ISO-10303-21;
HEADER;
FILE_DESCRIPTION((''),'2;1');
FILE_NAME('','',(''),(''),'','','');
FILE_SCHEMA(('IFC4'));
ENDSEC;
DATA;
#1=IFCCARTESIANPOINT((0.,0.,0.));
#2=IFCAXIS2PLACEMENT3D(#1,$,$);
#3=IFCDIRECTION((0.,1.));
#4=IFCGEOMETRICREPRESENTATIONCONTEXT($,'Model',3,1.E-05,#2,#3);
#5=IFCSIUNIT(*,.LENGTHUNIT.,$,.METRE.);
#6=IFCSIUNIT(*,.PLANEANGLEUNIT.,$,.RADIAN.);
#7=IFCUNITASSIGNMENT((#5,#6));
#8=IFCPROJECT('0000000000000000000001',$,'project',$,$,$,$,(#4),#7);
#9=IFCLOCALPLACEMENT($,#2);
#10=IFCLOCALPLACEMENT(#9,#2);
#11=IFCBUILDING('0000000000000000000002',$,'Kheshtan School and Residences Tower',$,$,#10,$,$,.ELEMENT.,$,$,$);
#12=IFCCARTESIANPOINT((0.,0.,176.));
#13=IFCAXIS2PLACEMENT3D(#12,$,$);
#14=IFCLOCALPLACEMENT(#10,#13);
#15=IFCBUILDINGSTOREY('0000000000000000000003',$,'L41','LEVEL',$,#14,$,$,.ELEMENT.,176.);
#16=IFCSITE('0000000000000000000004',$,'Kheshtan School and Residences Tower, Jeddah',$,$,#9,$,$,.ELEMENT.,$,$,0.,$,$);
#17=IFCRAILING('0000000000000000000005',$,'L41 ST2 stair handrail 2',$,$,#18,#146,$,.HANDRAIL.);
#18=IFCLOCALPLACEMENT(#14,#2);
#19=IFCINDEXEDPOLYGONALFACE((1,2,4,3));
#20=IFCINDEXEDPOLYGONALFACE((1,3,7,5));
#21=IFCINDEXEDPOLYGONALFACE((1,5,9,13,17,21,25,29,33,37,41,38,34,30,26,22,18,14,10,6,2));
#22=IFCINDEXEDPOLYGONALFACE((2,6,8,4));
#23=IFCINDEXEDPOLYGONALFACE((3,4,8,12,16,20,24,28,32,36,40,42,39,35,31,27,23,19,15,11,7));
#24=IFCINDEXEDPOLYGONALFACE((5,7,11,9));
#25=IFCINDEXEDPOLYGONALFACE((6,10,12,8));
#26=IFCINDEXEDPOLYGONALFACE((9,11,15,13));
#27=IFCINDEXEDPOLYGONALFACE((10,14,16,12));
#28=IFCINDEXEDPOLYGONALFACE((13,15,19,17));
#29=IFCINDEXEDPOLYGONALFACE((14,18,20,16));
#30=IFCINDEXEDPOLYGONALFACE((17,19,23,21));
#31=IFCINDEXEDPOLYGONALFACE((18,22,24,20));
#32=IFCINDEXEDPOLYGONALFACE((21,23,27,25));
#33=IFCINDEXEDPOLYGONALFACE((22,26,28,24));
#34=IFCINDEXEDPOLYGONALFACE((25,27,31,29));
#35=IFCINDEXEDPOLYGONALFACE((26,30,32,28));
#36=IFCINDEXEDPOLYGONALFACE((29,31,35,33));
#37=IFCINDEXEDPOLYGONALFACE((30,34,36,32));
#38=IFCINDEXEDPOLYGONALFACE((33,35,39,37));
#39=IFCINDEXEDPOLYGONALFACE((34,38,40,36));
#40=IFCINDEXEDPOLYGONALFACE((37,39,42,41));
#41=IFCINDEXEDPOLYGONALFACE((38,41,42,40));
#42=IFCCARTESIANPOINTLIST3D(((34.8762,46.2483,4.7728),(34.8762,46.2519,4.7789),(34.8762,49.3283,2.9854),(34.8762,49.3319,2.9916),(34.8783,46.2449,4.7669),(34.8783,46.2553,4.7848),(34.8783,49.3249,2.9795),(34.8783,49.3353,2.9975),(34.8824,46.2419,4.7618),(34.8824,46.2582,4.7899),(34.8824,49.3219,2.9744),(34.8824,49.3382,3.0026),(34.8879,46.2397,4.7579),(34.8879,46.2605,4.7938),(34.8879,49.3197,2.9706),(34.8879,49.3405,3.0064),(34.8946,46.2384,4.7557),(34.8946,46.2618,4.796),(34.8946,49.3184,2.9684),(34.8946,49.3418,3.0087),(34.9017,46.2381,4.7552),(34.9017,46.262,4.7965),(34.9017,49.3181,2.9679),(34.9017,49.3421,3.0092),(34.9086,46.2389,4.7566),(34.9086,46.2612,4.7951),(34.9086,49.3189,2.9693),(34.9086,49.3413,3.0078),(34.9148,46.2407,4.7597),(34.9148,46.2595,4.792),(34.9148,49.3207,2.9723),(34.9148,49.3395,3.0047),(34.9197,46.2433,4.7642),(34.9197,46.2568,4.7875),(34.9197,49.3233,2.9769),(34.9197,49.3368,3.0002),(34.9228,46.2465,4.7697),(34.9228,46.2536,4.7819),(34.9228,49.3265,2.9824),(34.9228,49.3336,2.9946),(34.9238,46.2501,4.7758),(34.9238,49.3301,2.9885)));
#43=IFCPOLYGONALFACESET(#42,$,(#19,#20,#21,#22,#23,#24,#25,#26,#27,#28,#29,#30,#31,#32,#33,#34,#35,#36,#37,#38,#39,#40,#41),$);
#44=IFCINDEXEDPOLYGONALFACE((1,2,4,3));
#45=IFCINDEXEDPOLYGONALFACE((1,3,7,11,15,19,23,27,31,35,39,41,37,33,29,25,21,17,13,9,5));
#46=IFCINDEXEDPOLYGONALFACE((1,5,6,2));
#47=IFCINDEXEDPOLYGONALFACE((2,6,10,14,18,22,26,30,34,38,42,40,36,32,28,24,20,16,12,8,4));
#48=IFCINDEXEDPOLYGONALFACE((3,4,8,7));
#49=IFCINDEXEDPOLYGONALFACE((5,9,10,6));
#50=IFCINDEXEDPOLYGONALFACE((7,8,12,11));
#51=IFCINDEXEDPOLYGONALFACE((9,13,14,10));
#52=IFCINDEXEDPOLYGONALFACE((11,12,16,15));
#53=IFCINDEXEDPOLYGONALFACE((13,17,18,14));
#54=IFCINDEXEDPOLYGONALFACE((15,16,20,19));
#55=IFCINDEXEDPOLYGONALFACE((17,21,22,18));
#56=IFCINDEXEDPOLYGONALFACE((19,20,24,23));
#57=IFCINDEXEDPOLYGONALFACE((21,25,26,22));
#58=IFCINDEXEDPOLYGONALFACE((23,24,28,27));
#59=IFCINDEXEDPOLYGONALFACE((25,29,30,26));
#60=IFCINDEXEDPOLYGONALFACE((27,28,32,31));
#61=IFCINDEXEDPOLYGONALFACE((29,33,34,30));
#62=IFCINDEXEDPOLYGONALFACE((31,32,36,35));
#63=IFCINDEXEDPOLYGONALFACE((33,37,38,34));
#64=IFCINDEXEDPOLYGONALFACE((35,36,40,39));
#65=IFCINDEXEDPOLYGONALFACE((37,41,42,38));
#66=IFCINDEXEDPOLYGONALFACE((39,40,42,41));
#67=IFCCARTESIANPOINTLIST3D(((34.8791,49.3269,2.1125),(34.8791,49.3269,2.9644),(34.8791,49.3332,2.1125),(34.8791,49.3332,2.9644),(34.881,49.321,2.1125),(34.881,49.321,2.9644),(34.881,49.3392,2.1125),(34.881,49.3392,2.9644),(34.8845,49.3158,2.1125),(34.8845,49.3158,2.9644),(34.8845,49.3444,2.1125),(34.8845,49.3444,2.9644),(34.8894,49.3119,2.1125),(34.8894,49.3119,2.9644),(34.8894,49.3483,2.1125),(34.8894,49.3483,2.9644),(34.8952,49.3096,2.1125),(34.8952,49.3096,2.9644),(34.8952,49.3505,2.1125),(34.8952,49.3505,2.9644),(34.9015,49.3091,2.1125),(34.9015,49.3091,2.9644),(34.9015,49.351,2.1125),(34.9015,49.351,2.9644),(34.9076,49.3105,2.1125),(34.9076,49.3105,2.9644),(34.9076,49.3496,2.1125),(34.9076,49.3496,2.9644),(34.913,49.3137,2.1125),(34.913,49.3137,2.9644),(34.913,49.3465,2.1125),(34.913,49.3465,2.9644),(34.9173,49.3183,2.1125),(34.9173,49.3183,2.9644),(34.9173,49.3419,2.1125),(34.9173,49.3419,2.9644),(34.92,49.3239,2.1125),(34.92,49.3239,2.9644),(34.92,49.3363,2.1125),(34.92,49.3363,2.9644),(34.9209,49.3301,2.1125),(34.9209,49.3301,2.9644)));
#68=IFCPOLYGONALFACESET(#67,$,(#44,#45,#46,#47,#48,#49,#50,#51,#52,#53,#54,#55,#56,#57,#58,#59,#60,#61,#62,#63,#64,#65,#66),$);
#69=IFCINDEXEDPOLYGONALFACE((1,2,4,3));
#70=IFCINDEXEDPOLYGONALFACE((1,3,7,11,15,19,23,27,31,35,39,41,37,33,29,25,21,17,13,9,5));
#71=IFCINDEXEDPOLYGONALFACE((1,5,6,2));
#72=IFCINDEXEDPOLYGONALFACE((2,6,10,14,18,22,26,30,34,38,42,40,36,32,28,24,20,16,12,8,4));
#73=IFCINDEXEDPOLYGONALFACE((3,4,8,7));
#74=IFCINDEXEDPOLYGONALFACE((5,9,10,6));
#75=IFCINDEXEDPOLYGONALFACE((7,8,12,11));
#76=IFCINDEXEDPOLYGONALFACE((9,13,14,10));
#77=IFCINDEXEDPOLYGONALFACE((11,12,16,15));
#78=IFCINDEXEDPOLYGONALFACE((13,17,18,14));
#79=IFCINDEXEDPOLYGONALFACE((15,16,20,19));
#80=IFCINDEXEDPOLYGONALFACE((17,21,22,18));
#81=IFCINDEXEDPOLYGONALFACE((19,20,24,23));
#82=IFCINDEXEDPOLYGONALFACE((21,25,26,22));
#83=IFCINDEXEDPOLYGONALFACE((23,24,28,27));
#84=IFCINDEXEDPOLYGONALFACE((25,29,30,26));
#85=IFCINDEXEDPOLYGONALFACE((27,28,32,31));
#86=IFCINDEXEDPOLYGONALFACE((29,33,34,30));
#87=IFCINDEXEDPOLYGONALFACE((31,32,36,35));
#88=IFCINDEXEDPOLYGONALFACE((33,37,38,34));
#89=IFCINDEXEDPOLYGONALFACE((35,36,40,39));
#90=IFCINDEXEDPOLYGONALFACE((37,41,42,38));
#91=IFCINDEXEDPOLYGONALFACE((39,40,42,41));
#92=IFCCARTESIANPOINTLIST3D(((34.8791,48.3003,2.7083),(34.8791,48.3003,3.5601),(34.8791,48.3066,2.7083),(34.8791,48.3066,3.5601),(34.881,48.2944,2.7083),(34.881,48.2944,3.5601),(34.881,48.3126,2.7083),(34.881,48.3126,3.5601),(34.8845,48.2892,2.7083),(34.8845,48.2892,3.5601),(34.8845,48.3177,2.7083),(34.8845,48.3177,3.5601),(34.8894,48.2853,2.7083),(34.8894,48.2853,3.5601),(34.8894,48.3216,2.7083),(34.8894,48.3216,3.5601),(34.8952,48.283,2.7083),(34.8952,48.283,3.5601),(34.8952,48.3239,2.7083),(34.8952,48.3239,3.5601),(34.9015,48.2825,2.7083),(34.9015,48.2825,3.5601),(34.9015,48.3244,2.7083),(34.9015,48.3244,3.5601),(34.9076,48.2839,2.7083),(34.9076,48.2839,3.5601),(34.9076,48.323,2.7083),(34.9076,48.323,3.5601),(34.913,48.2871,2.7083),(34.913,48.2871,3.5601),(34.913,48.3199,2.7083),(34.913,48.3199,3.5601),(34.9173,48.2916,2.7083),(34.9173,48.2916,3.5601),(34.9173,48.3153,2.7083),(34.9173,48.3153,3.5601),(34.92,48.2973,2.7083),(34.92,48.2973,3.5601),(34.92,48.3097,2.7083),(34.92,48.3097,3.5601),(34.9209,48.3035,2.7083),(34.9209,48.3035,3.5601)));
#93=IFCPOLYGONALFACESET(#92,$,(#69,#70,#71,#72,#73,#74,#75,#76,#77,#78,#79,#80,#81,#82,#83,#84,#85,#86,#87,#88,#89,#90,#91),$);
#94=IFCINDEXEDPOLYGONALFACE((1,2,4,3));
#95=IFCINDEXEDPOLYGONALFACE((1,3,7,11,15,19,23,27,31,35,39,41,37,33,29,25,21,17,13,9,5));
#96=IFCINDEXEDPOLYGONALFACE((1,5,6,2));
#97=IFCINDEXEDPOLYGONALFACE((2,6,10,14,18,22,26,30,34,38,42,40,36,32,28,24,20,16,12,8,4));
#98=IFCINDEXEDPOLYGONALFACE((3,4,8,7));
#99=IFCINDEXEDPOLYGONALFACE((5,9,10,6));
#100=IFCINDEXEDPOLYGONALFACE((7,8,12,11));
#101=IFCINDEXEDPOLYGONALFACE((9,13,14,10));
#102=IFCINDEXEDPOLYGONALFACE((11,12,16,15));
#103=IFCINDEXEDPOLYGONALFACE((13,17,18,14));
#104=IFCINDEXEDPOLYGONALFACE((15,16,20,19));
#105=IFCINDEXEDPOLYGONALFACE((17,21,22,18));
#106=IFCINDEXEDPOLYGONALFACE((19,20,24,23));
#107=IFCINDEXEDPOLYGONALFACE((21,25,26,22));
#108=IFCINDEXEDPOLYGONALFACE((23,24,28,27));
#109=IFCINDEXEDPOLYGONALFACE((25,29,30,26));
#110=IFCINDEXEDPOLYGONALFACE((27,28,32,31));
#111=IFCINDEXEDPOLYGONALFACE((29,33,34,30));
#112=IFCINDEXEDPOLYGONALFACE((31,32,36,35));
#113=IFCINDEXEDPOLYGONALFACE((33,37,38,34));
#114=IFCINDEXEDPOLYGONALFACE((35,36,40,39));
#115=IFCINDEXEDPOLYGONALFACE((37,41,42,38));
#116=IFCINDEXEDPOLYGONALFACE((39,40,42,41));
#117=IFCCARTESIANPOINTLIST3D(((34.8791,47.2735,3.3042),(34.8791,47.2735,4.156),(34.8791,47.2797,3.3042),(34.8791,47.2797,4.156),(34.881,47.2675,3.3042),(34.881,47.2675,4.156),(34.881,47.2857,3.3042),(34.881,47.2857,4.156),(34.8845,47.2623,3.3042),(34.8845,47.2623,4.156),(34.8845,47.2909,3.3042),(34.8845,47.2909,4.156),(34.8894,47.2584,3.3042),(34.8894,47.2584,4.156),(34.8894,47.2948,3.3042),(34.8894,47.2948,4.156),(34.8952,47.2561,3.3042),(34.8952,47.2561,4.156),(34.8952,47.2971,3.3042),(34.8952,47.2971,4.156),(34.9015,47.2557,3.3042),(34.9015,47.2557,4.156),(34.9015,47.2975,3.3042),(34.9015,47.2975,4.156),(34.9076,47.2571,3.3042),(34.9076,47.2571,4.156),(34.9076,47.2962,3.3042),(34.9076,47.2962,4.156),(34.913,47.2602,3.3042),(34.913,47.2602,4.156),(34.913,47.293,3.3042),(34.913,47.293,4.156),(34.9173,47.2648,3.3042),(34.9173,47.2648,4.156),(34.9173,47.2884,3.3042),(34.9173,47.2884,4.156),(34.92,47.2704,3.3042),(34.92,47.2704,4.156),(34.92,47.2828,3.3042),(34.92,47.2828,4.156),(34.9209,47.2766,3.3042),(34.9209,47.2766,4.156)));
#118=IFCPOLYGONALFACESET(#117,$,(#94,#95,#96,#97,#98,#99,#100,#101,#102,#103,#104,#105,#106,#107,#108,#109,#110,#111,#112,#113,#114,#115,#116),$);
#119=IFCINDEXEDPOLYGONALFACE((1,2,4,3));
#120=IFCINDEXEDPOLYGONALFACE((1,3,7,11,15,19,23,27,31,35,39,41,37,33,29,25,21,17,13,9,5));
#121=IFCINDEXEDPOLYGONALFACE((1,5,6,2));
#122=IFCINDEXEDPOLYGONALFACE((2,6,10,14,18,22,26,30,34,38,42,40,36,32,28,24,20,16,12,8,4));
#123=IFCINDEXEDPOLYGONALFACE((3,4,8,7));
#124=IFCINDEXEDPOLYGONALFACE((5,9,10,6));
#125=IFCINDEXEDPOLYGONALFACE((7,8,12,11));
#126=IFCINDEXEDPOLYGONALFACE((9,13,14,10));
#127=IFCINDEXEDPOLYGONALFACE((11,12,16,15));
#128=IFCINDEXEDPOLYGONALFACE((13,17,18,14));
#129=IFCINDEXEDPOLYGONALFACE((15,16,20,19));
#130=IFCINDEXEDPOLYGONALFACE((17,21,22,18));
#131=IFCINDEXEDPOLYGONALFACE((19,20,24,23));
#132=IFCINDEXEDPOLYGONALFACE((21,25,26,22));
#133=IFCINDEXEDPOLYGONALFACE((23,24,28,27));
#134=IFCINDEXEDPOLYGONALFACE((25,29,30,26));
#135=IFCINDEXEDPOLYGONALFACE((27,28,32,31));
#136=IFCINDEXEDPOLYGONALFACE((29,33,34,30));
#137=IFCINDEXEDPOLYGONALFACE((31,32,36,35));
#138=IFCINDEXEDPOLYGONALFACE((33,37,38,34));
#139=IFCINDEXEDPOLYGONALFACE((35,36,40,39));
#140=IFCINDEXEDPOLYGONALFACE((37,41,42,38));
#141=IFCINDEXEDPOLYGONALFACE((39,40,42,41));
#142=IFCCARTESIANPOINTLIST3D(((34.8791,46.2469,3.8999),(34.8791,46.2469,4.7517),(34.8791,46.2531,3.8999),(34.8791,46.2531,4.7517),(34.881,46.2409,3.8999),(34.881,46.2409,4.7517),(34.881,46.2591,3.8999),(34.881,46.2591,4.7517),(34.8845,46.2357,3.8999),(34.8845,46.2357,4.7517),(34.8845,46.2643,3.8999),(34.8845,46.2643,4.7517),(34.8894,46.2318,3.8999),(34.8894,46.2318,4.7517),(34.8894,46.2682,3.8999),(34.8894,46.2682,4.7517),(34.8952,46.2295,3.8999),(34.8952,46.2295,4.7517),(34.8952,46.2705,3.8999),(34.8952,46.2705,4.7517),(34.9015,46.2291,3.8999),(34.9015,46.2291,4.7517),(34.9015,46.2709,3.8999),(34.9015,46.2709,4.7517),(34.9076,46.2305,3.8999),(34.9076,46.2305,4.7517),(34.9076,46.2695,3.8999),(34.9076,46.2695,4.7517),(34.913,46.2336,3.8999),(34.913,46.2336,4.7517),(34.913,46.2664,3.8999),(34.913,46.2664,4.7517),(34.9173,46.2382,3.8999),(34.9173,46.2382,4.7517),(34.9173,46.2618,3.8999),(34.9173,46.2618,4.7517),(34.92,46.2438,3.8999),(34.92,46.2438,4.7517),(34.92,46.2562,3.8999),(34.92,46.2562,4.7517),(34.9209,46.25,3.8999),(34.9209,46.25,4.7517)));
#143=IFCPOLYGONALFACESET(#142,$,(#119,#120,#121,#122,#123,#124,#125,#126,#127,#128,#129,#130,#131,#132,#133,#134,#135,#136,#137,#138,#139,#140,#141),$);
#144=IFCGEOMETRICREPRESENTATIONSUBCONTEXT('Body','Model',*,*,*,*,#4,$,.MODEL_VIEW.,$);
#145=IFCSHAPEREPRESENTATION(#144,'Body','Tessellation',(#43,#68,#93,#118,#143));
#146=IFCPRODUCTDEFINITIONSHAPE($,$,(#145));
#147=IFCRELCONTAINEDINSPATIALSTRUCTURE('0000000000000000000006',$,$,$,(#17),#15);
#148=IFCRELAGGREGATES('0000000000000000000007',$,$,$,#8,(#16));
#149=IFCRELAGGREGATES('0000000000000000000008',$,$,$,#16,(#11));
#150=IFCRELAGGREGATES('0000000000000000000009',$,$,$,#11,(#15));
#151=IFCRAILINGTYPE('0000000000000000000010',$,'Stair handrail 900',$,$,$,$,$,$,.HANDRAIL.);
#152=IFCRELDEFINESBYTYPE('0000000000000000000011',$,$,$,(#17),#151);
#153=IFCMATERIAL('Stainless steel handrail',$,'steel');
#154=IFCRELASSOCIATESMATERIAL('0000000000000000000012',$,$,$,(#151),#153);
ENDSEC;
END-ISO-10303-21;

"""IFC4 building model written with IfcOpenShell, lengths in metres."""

from ifc_helpers import new_model, si_unit, direction, frame, origin, origin_2d, place, context, subcontext, project, spatial, circle, extrude, material, type_object, element, save


model = new_model("IFC4")

# Units and contexts
model_context = context("Model", 3, precision=1e-05, world=origin(), true_north=direction((0.0, 1.0)))
body_context = subcontext(model_context, "Body", "Model", "MODEL_VIEW")
ifc_project = project(units=[si_unit("LENGTHUNIT", "METRE"), si_unit("PLANEANGLEUNIT", "RADIAN")], contexts=[model_context])

# Site, building, storey
site_placement = place(None, origin())
site = spatial("IfcSite", under=ifc_project, at=site_placement, Name="Kheshtan School and Residences Tower, Jeddah", CompositionType="ELEMENT", RefElevation=0.0)
building_placement = place(site_placement, origin())
building = spatial("IfcBuilding", under=site, at=building_placement, Name="Kheshtan School and Residences Tower", CompositionType="ELEMENT")
storey_placement = place(building_placement, frame((0.0, 0.0, 176.0)))
storey = spatial("IfcBuildingStorey", under=building, at=storey_placement, Name="L41", Description="LEVEL", CompositionType="ELEMENT", Elevation=176.0)

# Railing
ifc_material_1 = material(Name="Stainless steel handrail", Category="steel")
railing_type_1 = type_object("IfcRailingType", Name="Stair handrail 900", PredefinedType="HANDRAIL", material=ifc_material_1)
railing_1_placement = place(storey_placement, frame((34.8999, 49.3301, 2.1125)))
element("IfcRailing", 1, at=railing_1_placement, inside=storey, type_object=railing_type_1, Name="L41 ST2 stair handrail 2", PredefinedType="HANDRAIL", context=body_context, shape_type="SweptSolid", body=[
    extrude(circle(Radius=0.0239, at=origin_2d()), frame((0.0, 0.0, 0.876), z_axis=(0.0, -0.86492, 0.501909), x_axis=(1.0, 0.0, 0.0)), (0.0, 0.0, 1.0), 3.561),
    extrude(circle(Radius=0.021, at=origin_2d()), origin(), (0.0, 0.0, 1.0), 0.8518),
    extrude(circle(Radius=0.021, at=origin_2d()), frame((0.0, -1.0266, 0.5957)), (0.0, 0.0, 1.0), 0.8518),
    extrude(circle(Radius=0.021, at=origin_2d()), frame((0.0, -2.0535, 1.1917)), (0.0, 0.0, 1.0), 0.8518),
    extrude(circle(Radius=0.021, at=origin_2d()), frame((0.0, -3.0801, 1.7874)), (0.0, 0.0, 1.0), 0.8518),
])

save(model, "model.ifc")
